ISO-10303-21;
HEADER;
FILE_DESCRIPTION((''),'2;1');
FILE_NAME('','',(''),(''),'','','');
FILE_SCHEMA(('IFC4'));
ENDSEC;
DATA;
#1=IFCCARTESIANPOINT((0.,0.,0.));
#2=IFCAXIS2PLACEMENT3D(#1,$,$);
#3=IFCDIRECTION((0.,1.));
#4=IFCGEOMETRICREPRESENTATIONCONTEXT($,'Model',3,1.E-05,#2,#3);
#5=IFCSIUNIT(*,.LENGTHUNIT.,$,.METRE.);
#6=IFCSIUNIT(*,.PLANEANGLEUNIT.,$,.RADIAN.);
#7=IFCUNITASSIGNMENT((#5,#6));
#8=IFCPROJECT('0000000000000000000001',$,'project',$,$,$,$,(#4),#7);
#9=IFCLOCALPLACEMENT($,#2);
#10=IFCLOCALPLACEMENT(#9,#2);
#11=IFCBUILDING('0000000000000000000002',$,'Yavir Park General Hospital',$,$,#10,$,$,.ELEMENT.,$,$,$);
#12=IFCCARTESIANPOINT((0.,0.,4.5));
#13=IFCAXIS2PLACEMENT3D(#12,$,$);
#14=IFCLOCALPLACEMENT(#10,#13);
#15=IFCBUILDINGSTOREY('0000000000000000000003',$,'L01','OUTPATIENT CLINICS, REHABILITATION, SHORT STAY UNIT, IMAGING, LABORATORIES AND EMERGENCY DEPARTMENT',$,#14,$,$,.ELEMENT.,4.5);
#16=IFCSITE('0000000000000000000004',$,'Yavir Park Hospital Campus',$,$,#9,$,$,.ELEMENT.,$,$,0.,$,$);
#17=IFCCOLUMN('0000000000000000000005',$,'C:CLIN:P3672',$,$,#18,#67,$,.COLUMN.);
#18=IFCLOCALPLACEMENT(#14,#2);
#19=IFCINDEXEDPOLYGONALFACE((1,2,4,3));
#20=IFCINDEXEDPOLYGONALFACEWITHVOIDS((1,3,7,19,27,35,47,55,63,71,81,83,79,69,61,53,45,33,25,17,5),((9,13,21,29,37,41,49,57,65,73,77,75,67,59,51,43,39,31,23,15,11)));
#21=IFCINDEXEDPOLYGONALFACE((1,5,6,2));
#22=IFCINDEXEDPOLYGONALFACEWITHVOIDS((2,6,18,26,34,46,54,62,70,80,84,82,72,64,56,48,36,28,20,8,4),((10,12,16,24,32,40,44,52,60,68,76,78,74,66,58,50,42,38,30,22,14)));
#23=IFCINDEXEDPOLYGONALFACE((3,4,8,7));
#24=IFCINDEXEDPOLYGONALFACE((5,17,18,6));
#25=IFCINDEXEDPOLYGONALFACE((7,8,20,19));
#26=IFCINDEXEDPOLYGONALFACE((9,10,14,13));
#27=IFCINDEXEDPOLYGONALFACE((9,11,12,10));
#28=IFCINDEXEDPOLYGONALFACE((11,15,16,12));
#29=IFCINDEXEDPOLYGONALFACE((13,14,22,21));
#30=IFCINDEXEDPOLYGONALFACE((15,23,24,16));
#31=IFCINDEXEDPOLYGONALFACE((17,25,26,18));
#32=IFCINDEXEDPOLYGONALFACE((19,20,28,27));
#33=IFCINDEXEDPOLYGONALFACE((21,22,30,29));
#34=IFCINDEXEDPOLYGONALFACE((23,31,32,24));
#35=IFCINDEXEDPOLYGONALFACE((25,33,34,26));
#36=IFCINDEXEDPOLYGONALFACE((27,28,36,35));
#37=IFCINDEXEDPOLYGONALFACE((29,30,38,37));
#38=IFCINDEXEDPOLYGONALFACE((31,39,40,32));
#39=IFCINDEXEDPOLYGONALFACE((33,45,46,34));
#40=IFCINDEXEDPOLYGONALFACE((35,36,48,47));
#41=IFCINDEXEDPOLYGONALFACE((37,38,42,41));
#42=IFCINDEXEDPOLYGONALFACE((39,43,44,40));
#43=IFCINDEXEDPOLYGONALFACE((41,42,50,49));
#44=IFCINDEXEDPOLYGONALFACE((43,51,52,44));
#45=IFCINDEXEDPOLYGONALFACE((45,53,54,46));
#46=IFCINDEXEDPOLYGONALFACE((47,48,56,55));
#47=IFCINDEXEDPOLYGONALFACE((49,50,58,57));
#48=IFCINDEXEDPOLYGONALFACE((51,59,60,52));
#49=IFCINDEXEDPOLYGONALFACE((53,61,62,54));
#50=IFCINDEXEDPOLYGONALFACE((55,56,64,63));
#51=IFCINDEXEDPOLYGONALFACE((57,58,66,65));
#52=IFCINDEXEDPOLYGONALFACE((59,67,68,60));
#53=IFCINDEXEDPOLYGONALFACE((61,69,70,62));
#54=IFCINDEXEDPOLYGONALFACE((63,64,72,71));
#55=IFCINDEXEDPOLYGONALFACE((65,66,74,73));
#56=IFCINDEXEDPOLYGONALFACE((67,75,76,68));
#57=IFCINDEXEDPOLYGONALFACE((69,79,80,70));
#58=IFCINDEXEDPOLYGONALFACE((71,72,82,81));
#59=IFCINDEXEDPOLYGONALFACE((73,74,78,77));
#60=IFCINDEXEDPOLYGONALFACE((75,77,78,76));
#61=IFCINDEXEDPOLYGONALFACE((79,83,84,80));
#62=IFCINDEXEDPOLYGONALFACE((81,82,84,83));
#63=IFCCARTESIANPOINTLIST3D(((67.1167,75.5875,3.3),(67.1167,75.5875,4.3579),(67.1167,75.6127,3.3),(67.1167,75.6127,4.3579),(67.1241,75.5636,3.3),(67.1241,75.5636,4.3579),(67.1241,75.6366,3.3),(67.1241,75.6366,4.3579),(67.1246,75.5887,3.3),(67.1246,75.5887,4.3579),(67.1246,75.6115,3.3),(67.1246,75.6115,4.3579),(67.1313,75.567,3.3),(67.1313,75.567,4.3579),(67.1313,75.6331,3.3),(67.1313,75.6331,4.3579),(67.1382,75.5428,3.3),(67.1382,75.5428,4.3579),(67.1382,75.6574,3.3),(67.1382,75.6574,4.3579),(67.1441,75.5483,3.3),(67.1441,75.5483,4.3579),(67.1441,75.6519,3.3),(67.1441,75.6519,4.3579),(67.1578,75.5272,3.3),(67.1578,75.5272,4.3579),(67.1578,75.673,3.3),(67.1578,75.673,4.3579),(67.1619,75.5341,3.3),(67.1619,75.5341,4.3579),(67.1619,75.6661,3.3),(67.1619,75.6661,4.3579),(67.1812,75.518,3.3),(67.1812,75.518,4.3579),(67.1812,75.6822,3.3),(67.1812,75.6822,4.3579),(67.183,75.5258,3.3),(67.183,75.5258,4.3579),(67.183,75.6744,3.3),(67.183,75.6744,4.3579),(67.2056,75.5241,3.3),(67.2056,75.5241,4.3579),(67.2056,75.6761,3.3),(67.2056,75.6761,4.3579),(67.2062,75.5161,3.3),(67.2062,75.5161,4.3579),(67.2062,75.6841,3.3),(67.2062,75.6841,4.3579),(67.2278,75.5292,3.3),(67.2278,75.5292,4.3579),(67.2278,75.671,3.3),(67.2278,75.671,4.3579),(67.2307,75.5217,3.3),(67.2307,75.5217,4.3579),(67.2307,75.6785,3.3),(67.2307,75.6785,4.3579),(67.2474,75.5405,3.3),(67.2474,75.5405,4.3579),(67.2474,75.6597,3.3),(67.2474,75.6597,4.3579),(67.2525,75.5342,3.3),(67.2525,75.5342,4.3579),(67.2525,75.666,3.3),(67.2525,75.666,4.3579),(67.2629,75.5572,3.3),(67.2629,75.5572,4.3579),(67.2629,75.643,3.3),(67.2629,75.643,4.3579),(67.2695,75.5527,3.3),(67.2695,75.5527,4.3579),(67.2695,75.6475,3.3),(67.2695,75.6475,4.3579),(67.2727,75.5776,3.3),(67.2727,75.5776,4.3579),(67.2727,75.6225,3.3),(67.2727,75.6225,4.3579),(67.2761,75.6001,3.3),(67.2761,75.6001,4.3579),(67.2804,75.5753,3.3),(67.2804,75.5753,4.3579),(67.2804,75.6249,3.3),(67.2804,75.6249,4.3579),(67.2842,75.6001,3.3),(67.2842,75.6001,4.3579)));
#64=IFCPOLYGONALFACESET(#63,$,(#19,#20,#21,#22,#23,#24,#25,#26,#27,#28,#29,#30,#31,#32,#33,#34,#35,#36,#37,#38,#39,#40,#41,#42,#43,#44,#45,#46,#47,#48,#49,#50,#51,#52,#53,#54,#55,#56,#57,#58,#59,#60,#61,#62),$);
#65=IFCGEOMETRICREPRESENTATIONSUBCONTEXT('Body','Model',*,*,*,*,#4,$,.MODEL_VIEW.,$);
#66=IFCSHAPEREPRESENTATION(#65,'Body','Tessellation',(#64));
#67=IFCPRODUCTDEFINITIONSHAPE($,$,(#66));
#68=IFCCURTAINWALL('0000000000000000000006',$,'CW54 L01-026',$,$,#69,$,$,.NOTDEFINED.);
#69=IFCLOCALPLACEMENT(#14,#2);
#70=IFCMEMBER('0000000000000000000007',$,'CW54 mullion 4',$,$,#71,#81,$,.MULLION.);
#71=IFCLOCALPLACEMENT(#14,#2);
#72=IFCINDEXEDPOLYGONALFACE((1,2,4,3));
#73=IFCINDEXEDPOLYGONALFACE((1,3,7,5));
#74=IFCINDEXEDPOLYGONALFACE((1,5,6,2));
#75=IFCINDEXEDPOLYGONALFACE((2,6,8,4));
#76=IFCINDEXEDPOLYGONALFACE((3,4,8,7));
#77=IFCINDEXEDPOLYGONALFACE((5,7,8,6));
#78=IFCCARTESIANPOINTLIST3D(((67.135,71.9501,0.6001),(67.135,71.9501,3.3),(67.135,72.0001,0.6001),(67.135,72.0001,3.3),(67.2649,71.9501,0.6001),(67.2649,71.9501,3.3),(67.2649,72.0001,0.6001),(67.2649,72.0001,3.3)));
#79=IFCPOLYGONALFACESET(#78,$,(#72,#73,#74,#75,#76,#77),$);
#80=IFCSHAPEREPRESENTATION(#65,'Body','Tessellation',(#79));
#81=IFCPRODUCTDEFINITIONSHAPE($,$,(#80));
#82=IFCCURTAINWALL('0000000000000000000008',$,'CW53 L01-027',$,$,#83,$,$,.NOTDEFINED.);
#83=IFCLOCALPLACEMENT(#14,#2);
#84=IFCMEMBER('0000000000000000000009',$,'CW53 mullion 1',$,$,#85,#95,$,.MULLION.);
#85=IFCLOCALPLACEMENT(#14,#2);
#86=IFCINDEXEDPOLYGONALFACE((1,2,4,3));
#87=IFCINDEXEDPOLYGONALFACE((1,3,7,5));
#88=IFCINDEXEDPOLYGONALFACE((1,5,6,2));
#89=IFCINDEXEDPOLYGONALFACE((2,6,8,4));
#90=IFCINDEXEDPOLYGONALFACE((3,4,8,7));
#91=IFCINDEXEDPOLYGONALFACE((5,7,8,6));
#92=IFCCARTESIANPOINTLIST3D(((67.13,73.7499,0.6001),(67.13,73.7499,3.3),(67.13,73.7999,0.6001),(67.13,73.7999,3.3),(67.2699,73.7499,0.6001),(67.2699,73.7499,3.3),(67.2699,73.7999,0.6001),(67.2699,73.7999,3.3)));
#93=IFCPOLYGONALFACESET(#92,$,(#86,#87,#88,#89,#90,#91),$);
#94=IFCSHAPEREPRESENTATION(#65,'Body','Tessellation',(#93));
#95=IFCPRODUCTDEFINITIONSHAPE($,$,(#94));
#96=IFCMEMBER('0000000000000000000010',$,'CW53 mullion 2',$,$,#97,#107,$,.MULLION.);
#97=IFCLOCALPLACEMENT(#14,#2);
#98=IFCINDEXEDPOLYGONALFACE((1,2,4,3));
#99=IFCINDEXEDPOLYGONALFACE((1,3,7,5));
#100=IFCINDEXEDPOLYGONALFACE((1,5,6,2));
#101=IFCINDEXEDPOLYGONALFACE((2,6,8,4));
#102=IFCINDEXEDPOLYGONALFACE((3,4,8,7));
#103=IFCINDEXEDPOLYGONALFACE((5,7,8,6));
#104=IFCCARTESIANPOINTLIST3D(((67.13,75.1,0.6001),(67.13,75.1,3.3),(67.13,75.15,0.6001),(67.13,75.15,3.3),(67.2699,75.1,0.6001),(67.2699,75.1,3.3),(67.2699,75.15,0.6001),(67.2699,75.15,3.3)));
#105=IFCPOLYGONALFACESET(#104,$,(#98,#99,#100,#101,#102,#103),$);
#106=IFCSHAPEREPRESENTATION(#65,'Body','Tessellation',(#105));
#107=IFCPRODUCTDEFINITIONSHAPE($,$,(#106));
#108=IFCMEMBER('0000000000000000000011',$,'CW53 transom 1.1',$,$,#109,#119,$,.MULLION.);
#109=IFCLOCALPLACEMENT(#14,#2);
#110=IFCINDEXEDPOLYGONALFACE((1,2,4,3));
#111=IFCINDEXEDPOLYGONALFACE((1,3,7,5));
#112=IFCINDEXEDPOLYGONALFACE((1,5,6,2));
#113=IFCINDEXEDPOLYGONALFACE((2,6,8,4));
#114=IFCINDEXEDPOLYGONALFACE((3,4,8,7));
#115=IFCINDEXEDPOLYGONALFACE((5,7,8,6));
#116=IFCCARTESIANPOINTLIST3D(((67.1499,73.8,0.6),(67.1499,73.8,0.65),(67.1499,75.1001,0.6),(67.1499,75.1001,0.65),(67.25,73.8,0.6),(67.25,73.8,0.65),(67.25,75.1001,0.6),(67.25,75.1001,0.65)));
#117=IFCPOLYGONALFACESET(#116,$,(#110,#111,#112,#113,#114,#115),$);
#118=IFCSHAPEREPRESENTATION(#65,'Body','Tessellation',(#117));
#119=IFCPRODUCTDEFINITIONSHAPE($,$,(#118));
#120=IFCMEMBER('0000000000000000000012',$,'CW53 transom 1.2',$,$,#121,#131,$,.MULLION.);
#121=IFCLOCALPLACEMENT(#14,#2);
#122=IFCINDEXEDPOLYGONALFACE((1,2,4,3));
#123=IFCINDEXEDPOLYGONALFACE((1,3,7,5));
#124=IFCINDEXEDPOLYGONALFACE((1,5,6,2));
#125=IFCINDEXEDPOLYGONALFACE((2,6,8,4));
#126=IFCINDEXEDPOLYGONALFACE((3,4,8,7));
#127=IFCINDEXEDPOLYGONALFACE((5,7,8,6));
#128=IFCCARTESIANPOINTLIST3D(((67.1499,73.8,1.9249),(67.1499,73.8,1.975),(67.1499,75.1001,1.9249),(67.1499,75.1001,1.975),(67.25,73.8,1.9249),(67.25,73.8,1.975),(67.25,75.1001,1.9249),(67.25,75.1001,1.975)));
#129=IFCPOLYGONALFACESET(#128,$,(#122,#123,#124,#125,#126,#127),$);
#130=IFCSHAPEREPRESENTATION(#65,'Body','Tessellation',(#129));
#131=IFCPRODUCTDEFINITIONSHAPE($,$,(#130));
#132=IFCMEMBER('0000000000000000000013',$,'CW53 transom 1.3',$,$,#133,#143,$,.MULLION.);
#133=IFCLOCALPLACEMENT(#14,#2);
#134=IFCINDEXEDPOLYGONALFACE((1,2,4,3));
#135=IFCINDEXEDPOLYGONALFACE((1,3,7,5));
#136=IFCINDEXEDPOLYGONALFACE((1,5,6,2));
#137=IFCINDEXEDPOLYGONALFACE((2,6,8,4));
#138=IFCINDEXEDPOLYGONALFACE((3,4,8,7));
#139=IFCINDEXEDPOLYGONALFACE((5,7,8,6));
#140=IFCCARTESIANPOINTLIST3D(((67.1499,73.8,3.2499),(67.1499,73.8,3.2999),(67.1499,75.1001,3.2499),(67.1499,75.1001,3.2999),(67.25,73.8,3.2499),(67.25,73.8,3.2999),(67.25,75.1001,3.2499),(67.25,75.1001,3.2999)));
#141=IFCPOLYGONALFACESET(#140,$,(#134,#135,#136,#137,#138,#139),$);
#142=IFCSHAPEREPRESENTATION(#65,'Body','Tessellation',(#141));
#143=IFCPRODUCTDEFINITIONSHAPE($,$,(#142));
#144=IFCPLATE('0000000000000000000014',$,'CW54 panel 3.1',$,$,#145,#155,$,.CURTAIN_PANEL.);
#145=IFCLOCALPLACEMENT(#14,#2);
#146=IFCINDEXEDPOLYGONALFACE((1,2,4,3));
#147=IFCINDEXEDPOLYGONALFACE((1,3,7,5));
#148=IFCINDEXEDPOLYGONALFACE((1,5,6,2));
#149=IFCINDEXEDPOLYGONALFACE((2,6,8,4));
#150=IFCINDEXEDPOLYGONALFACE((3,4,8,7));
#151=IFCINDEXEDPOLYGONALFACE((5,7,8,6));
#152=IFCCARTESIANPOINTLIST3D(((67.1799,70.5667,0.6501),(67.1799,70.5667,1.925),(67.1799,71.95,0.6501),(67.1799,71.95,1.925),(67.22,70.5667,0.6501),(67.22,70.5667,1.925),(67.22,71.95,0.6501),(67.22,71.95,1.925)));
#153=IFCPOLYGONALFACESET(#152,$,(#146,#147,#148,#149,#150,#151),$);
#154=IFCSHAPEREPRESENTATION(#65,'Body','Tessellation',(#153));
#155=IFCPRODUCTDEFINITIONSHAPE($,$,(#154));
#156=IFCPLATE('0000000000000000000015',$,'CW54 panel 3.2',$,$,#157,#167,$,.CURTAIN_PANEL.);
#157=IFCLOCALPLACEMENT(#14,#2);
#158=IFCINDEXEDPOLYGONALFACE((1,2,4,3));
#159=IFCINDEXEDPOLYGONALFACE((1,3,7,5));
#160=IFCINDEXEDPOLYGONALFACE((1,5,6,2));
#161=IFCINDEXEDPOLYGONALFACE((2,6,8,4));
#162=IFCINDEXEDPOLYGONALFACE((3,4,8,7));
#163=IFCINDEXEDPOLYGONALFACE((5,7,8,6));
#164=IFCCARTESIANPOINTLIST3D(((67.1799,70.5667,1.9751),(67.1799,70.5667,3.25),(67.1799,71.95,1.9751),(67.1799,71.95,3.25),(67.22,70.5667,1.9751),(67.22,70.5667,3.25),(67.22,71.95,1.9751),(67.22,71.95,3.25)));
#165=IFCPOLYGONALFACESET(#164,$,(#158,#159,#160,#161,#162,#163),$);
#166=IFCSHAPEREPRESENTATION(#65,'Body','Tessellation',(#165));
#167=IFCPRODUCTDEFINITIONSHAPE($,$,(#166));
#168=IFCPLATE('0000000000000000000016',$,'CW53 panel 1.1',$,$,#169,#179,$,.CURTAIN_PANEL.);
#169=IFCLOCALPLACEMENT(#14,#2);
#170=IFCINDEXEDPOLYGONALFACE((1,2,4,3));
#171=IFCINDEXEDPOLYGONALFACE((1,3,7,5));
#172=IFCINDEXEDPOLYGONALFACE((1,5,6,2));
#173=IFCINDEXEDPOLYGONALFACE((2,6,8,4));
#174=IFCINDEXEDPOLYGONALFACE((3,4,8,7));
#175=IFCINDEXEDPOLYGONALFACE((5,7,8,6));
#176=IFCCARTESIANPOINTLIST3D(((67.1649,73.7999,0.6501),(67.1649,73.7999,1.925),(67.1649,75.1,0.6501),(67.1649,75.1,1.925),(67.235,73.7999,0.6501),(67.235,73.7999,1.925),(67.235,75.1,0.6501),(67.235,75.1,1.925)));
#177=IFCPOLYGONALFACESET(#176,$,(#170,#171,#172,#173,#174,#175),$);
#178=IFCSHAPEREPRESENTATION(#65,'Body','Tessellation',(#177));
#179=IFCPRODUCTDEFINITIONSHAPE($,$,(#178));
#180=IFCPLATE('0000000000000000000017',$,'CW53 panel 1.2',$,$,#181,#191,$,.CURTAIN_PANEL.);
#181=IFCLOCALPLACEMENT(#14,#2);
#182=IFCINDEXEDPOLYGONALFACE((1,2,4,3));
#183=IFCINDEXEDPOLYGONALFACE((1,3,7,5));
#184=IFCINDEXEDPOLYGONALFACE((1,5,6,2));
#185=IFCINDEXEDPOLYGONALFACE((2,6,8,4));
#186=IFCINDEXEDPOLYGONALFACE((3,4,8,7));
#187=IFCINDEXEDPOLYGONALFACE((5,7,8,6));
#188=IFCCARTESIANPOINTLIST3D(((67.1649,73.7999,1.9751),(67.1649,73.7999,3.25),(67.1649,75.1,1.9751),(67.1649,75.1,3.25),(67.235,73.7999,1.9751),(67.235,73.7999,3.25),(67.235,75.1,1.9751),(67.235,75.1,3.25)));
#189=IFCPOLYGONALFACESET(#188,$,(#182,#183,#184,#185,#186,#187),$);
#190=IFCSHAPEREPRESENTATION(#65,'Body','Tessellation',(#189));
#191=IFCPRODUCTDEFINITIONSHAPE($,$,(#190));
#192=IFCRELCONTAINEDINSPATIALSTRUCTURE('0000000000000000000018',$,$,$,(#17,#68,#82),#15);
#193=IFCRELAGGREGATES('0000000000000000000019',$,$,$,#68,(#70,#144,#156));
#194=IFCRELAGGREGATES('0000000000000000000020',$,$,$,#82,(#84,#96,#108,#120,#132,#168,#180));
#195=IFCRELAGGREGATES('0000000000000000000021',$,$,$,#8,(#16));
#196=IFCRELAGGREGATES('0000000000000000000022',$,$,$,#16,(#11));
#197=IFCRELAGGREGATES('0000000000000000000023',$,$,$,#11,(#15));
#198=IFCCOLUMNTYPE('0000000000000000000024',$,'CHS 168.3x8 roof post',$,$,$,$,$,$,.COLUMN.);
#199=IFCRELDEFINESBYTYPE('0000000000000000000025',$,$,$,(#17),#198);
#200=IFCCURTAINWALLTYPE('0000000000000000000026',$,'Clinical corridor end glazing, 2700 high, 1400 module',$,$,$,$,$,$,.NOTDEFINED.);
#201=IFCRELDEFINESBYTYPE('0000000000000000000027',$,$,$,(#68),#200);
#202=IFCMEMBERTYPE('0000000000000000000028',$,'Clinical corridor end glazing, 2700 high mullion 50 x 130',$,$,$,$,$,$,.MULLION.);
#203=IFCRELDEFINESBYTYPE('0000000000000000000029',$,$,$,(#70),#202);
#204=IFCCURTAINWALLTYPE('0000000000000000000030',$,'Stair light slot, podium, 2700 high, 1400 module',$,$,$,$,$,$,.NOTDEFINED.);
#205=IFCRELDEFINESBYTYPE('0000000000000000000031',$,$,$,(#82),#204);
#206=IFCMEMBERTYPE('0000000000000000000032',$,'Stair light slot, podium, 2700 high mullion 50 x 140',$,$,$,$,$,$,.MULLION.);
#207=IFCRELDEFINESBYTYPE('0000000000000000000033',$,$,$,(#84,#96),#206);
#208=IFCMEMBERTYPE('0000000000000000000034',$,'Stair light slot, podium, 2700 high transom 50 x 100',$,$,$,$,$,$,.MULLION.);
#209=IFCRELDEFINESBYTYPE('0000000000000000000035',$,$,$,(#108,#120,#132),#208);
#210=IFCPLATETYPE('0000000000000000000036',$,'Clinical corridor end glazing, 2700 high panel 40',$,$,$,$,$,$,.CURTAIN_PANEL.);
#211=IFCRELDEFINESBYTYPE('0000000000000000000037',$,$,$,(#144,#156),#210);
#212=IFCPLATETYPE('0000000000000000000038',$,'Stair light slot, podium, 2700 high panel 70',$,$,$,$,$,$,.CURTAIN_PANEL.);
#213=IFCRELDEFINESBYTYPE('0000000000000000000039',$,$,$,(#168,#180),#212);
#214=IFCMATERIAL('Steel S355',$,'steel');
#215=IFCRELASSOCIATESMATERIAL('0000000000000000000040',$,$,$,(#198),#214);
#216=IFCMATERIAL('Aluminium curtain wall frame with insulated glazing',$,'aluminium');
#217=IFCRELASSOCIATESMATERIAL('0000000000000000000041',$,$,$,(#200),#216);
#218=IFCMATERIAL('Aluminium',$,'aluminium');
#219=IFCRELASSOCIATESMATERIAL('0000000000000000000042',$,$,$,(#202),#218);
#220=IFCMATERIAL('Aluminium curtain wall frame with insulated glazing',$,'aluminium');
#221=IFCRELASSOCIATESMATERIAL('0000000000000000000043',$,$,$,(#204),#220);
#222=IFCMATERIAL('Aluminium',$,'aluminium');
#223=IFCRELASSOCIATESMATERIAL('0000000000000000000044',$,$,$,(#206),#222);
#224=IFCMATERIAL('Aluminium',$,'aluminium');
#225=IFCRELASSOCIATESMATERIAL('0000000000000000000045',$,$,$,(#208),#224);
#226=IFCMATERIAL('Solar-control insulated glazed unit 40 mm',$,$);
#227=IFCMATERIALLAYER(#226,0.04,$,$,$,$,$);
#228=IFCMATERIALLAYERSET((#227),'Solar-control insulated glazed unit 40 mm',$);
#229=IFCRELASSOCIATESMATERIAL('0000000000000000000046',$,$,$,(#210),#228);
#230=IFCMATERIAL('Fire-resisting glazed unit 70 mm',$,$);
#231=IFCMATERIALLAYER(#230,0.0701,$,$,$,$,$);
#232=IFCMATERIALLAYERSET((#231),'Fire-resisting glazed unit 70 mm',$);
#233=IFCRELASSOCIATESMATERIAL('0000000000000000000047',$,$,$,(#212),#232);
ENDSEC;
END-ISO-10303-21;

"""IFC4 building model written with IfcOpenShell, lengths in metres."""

from ifc_helpers import new_model, si_unit, direction, frame, origin, origin_2d, place, context, subcontext, project, spatial, rectangle, hollow_circle, extrude, material, layer, layer_set, material_profile, profile_set, type_object, element, aggregate, save


model = new_model("IFC4")

# Units and contexts
model_context = context("Model", 3, precision=1e-05, world=origin(), true_north=direction((0.0, 1.0)))
body_context = subcontext(model_context, "Body", "Model", "MODEL_VIEW")
ifc_project = project(units=[si_unit("LENGTHUNIT", "METRE"), si_unit("PLANEANGLEUNIT", "RADIAN")], contexts=[model_context])

# Site, building, storey
site_placement = place(None, origin())
site = spatial("IfcSite", under=ifc_project, at=site_placement, Name="Yavir Park Hospital Campus", CompositionType="ELEMENT", RefElevation=0.0)
building_placement = place(site_placement, origin())
building = spatial("IfcBuilding", under=site, at=building_placement, Name="Yavir Park General Hospital", CompositionType="ELEMENT")
storey_placement = place(building_placement, frame((0.0, 0.0, 4.5)))
storey = spatial("IfcBuildingStorey", under=building, at=storey_placement, Name="L01", Description="OUTPATIENT CLINICS, REHABILITATION, SHORT STAY UNIT, IMAGING, LABORATORIES AND EMERGENCY DEPARTMENT", CompositionType="ELEMENT", Elevation=4.5)

# Column
ifc_material_1 = material(Name="Steel S355", Category="steel")
ifc_material_profile_1 = material_profile(ifc_material_1, hollow_circle(Radius=0.0842, WallThickness=0.0081, at=origin_2d()), Name="CHS168.3x8")
ifc_profile_set_1 = profile_set([ifc_material_profile_1], Name="Steel S355")
column_type = type_object("IfcColumnType", Name="CHS 168.3x8 roof post", PredefinedType="COLUMN", material=ifc_profile_set_1)
column_placement = place(storey_placement, frame((67.2, 75.6001, 3.3), z_axis=(0.0, 0.0, 1.0), x_axis=(1.0, 0.0, 0.0)))
element("IfcColumn", 1, at=column_placement, inside=storey, type_object=column_type, Name="C:CLIN:P3672", PredefinedType="COLUMN", context=body_context, shape_type="SweptSolid", body=[
    extrude(hollow_circle(Radius=0.0842, WallThickness=0.0081, at=origin_2d()), origin(), (0.0, 0.0, 1.0), 1.0579),
])

# Curtain wall, member
ifc_material_2 = material(Name="Aluminium curtain wall frame with insulated glazing", Category="aluminium")
curtain_wall_type_1 = type_object("IfcCurtainWallType", Name="Clinical corridor end glazing, 2700 high, 1400 module", PredefinedType="NOTDEFINED", material=ifc_material_2)
curtain_wall_1_placement = place(storey_placement, origin())
curtain_wall_1 = element("IfcCurtainWall", 2, at=curtain_wall_1_placement, inside=storey, type_object=curtain_wall_type_1, Name="CW54 L01-026", PredefinedType="NOTDEFINED")
ifc_material_3 = material(Name="Aluminium", Category="aluminium")
ifc_material_profile_2 = material_profile(ifc_material_3, rectangle(XDim=0.1299, YDim=0.05, at=origin_2d()), Name="AL 50x130")
ifc_profile_set_2 = profile_set([ifc_material_profile_2], Name="Aluminium")
member_type_1 = type_object("IfcMemberType", Name="Clinical corridor end glazing, 2700 high mullion 50 x 130", PredefinedType="MULLION", material=ifc_profile_set_2)
member_1_placement = place(storey_placement, frame((67.2, 71.9751, 0.6001), z_axis=(0.0, 0.0, 1.0), x_axis=(-1.0, 0.0, 0.0)))
member_1 = element("IfcMember", 3, at=member_1_placement, type_object=member_type_1, Name="CW54 mullion 4", PredefinedType="MULLION", context=body_context, shape_type="SweptSolid", body=[
    extrude(rectangle(XDim=0.1299, YDim=0.05, at=origin_2d()), origin(), (0.0, 0.0, 1.0), 2.7),
])

# Curtain wall, members
ifc_material_4 = material(Name="Aluminium curtain wall frame with insulated glazing", Category="aluminium")
curtain_wall_type_2 = type_object("IfcCurtainWallType", Name="Stair light slot, podium, 2700 high, 1400 module", PredefinedType="NOTDEFINED", material=ifc_material_4)
curtain_wall_2_placement = place(storey_placement, origin())
curtain_wall_2 = element("IfcCurtainWall", 4, at=curtain_wall_2_placement, inside=storey, type_object=curtain_wall_type_2, Name="CW53 L01-027", PredefinedType="NOTDEFINED")
ifc_material_5 = material(Name="Aluminium", Category="aluminium")
ifc_material_profile_3 = material_profile(ifc_material_5, rectangle(XDim=0.1399, YDim=0.05, at=origin_2d()), Name="AL 50x140")
ifc_profile_set_3 = profile_set([ifc_material_profile_3], Name="Aluminium")
member_type_2 = type_object("IfcMemberType", Name="Stair light slot, podium, 2700 high mullion 50 x 140", PredefinedType="MULLION", material=ifc_profile_set_3)
member_2_placement = place(storey_placement, frame((67.2, 73.7749, 0.6001), z_axis=(0.0, 0.0, 1.0), x_axis=(-1.0, 0.0, 0.0)))
member_2 = element("IfcMember", 5, at=member_2_placement, type_object=member_type_2, Name="CW53 mullion 1", PredefinedType="MULLION", context=body_context, shape_type="SweptSolid", body=[
    extrude(rectangle(XDim=0.1399, YDim=0.05, at=origin_2d()), origin(), (0.0, 0.0, 1.0), 2.7),
])
member_3_placement = place(storey_placement, frame((67.2, 75.125, 0.6001), z_axis=(0.0, 0.0, 1.0), x_axis=(-1.0, 0.0, 0.0)))
member_3 = element("IfcMember", 6, at=member_3_placement, type_object=member_type_2, Name="CW53 mullion 2", PredefinedType="MULLION", context=body_context, shape_type="SweptSolid", body=[
    extrude(rectangle(XDim=0.1399, YDim=0.05, at=origin_2d()), origin(), (0.0, 0.0, 1.0), 2.7),
])
ifc_material_6 = material(Name="Aluminium", Category="aluminium")
ifc_material_profile_4 = material_profile(ifc_material_6, rectangle(XDim=0.1001, YDim=0.05, at=origin_2d()), Name="AL 100x50")
ifc_profile_set_4 = profile_set([ifc_material_profile_4], Name="Aluminium")
member_type_3 = type_object("IfcMemberType", Name="Stair light slot, podium, 2700 high transom 50 x 100", PredefinedType="MULLION", material=ifc_profile_set_4)
member_4_placement = place(storey_placement, frame((67.2, 73.8, 0.625), z_axis=(0.0, 1.0, 0.0), x_axis=(-1.0, 0.0, 0.0)))
member_4 = element("IfcMember", 7, at=member_4_placement, type_object=member_type_3, Name="CW53 transom 1.1", PredefinedType="MULLION", context=body_context, shape_type="SweptSolid", body=[
    extrude(rectangle(XDim=0.1001, YDim=0.05, at=origin_2d()), origin(), (0.0, 0.0, 1.0), 1.3),
])
member_5_placement = place(storey_placement, frame((67.2, 73.8, 1.95), z_axis=(0.0, 1.0, 0.0), x_axis=(-1.0, 0.0, 0.0)))
member_5 = element("IfcMember", 8, at=member_5_placement, type_object=member_type_3, Name="CW53 transom 1.2", PredefinedType="MULLION", context=body_context, shape_type="SweptSolid", body=[
    extrude(rectangle(XDim=0.1001, YDim=0.05, at=origin_2d()), origin(), (0.0, 0.0, 1.0), 1.3),
])
member_6_placement = place(storey_placement, frame((67.2, 73.8, 3.2749), z_axis=(0.0, 1.0, 0.0), x_axis=(-1.0, 0.0, 0.0)))
member_6 = element("IfcMember", 9, at=member_6_placement, type_object=member_type_3, Name="CW53 transom 1.3", PredefinedType="MULLION", context=body_context, shape_type="SweptSolid", body=[
    extrude(rectangle(XDim=0.1001, YDim=0.05, at=origin_2d()), origin(), (0.0, 0.0, 1.0), 1.3),
])

# Plates
ifc_material_7 = material(Name="Solar-control insulated glazed unit 40 mm")
ifc_layer_1 = layer(ifc_material_7, 0.04)
ifc_layer_set_1 = layer_set([ifc_layer_1], Name="Solar-control insulated glazed unit 40 mm")
plate_type_1 = type_object("IfcPlateType", Name="Clinical corridor end glazing, 2700 high panel 40", PredefinedType="CURTAIN_PANEL", material=ifc_layer_set_1)
plate_1_placement = place(storey_placement, frame((67.2, 71.2583, 0.6501), z_axis=(0.0, 0.0, 1.0), x_axis=(0.0, 1.0, 0.0)))
plate_1 = element("IfcPlate", 10, at=plate_1_placement, type_object=plate_type_1, Name="CW54 panel 3.1", PredefinedType="CURTAIN_PANEL", context=body_context, shape_type="SweptSolid", body=[
    extrude(rectangle(XDim=1.3833, YDim=0.04, at=origin_2d()), origin(), (0.0, 0.0, 1.0), 1.2749),
])
plate_2_placement = place(storey_placement, frame((67.2, 71.2583, 1.9751), z_axis=(0.0, 0.0, 1.0), x_axis=(0.0, 1.0, 0.0)))
plate_2 = element("IfcPlate", 11, at=plate_2_placement, type_object=plate_type_1, Name="CW54 panel 3.2", PredefinedType="CURTAIN_PANEL", context=body_context, shape_type="SweptSolid", body=[
    extrude(rectangle(XDim=1.3833, YDim=0.04, at=origin_2d()), origin(), (0.0, 0.0, 1.0), 1.2749),
])
aggregate(curtain_wall_1, [member_1, plate_1, plate_2])
ifc_material_8 = material(Name="Fire-resisting glazed unit 70 mm")
ifc_layer_2 = layer(ifc_material_8, 0.0701)
ifc_layer_set_2 = layer_set([ifc_layer_2], Name="Fire-resisting glazed unit 70 mm")
plate_type_2 = type_object("IfcPlateType", Name="Stair light slot, podium, 2700 high panel 70", PredefinedType="CURTAIN_PANEL", material=ifc_layer_set_2)
plate_3_placement = place(storey_placement, frame((67.2, 74.45, 0.6501), z_axis=(0.0, 0.0, 1.0), x_axis=(0.0, 1.0, 0.0)))
plate_3 = element("IfcPlate", 12, at=plate_3_placement, type_object=plate_type_2, Name="CW53 panel 1.1", PredefinedType="CURTAIN_PANEL", context=body_context, shape_type="SweptSolid", body=[
    extrude(rectangle(XDim=1.3, YDim=0.0701, at=origin_2d()), origin(), (0.0, 0.0, 1.0), 1.2749),
])
plate_4_placement = place(storey_placement, frame((67.2, 74.45, 1.9751), z_axis=(0.0, 0.0, 1.0), x_axis=(0.0, 1.0, 0.0)))
plate_4 = element("IfcPlate", 13, at=plate_4_placement, type_object=plate_type_2, Name="CW53 panel 1.2", PredefinedType="CURTAIN_PANEL", context=body_context, shape_type="SweptSolid", body=[
    extrude(rectangle(XDim=1.3, YDim=0.0701, at=origin_2d()), origin(), (0.0, 0.0, 1.0), 1.2749),
])
aggregate(curtain_wall_2, [member_2, member_3, member_4, member_5, member_6, plate_3, plate_4])

save(model, "model.ifc")
